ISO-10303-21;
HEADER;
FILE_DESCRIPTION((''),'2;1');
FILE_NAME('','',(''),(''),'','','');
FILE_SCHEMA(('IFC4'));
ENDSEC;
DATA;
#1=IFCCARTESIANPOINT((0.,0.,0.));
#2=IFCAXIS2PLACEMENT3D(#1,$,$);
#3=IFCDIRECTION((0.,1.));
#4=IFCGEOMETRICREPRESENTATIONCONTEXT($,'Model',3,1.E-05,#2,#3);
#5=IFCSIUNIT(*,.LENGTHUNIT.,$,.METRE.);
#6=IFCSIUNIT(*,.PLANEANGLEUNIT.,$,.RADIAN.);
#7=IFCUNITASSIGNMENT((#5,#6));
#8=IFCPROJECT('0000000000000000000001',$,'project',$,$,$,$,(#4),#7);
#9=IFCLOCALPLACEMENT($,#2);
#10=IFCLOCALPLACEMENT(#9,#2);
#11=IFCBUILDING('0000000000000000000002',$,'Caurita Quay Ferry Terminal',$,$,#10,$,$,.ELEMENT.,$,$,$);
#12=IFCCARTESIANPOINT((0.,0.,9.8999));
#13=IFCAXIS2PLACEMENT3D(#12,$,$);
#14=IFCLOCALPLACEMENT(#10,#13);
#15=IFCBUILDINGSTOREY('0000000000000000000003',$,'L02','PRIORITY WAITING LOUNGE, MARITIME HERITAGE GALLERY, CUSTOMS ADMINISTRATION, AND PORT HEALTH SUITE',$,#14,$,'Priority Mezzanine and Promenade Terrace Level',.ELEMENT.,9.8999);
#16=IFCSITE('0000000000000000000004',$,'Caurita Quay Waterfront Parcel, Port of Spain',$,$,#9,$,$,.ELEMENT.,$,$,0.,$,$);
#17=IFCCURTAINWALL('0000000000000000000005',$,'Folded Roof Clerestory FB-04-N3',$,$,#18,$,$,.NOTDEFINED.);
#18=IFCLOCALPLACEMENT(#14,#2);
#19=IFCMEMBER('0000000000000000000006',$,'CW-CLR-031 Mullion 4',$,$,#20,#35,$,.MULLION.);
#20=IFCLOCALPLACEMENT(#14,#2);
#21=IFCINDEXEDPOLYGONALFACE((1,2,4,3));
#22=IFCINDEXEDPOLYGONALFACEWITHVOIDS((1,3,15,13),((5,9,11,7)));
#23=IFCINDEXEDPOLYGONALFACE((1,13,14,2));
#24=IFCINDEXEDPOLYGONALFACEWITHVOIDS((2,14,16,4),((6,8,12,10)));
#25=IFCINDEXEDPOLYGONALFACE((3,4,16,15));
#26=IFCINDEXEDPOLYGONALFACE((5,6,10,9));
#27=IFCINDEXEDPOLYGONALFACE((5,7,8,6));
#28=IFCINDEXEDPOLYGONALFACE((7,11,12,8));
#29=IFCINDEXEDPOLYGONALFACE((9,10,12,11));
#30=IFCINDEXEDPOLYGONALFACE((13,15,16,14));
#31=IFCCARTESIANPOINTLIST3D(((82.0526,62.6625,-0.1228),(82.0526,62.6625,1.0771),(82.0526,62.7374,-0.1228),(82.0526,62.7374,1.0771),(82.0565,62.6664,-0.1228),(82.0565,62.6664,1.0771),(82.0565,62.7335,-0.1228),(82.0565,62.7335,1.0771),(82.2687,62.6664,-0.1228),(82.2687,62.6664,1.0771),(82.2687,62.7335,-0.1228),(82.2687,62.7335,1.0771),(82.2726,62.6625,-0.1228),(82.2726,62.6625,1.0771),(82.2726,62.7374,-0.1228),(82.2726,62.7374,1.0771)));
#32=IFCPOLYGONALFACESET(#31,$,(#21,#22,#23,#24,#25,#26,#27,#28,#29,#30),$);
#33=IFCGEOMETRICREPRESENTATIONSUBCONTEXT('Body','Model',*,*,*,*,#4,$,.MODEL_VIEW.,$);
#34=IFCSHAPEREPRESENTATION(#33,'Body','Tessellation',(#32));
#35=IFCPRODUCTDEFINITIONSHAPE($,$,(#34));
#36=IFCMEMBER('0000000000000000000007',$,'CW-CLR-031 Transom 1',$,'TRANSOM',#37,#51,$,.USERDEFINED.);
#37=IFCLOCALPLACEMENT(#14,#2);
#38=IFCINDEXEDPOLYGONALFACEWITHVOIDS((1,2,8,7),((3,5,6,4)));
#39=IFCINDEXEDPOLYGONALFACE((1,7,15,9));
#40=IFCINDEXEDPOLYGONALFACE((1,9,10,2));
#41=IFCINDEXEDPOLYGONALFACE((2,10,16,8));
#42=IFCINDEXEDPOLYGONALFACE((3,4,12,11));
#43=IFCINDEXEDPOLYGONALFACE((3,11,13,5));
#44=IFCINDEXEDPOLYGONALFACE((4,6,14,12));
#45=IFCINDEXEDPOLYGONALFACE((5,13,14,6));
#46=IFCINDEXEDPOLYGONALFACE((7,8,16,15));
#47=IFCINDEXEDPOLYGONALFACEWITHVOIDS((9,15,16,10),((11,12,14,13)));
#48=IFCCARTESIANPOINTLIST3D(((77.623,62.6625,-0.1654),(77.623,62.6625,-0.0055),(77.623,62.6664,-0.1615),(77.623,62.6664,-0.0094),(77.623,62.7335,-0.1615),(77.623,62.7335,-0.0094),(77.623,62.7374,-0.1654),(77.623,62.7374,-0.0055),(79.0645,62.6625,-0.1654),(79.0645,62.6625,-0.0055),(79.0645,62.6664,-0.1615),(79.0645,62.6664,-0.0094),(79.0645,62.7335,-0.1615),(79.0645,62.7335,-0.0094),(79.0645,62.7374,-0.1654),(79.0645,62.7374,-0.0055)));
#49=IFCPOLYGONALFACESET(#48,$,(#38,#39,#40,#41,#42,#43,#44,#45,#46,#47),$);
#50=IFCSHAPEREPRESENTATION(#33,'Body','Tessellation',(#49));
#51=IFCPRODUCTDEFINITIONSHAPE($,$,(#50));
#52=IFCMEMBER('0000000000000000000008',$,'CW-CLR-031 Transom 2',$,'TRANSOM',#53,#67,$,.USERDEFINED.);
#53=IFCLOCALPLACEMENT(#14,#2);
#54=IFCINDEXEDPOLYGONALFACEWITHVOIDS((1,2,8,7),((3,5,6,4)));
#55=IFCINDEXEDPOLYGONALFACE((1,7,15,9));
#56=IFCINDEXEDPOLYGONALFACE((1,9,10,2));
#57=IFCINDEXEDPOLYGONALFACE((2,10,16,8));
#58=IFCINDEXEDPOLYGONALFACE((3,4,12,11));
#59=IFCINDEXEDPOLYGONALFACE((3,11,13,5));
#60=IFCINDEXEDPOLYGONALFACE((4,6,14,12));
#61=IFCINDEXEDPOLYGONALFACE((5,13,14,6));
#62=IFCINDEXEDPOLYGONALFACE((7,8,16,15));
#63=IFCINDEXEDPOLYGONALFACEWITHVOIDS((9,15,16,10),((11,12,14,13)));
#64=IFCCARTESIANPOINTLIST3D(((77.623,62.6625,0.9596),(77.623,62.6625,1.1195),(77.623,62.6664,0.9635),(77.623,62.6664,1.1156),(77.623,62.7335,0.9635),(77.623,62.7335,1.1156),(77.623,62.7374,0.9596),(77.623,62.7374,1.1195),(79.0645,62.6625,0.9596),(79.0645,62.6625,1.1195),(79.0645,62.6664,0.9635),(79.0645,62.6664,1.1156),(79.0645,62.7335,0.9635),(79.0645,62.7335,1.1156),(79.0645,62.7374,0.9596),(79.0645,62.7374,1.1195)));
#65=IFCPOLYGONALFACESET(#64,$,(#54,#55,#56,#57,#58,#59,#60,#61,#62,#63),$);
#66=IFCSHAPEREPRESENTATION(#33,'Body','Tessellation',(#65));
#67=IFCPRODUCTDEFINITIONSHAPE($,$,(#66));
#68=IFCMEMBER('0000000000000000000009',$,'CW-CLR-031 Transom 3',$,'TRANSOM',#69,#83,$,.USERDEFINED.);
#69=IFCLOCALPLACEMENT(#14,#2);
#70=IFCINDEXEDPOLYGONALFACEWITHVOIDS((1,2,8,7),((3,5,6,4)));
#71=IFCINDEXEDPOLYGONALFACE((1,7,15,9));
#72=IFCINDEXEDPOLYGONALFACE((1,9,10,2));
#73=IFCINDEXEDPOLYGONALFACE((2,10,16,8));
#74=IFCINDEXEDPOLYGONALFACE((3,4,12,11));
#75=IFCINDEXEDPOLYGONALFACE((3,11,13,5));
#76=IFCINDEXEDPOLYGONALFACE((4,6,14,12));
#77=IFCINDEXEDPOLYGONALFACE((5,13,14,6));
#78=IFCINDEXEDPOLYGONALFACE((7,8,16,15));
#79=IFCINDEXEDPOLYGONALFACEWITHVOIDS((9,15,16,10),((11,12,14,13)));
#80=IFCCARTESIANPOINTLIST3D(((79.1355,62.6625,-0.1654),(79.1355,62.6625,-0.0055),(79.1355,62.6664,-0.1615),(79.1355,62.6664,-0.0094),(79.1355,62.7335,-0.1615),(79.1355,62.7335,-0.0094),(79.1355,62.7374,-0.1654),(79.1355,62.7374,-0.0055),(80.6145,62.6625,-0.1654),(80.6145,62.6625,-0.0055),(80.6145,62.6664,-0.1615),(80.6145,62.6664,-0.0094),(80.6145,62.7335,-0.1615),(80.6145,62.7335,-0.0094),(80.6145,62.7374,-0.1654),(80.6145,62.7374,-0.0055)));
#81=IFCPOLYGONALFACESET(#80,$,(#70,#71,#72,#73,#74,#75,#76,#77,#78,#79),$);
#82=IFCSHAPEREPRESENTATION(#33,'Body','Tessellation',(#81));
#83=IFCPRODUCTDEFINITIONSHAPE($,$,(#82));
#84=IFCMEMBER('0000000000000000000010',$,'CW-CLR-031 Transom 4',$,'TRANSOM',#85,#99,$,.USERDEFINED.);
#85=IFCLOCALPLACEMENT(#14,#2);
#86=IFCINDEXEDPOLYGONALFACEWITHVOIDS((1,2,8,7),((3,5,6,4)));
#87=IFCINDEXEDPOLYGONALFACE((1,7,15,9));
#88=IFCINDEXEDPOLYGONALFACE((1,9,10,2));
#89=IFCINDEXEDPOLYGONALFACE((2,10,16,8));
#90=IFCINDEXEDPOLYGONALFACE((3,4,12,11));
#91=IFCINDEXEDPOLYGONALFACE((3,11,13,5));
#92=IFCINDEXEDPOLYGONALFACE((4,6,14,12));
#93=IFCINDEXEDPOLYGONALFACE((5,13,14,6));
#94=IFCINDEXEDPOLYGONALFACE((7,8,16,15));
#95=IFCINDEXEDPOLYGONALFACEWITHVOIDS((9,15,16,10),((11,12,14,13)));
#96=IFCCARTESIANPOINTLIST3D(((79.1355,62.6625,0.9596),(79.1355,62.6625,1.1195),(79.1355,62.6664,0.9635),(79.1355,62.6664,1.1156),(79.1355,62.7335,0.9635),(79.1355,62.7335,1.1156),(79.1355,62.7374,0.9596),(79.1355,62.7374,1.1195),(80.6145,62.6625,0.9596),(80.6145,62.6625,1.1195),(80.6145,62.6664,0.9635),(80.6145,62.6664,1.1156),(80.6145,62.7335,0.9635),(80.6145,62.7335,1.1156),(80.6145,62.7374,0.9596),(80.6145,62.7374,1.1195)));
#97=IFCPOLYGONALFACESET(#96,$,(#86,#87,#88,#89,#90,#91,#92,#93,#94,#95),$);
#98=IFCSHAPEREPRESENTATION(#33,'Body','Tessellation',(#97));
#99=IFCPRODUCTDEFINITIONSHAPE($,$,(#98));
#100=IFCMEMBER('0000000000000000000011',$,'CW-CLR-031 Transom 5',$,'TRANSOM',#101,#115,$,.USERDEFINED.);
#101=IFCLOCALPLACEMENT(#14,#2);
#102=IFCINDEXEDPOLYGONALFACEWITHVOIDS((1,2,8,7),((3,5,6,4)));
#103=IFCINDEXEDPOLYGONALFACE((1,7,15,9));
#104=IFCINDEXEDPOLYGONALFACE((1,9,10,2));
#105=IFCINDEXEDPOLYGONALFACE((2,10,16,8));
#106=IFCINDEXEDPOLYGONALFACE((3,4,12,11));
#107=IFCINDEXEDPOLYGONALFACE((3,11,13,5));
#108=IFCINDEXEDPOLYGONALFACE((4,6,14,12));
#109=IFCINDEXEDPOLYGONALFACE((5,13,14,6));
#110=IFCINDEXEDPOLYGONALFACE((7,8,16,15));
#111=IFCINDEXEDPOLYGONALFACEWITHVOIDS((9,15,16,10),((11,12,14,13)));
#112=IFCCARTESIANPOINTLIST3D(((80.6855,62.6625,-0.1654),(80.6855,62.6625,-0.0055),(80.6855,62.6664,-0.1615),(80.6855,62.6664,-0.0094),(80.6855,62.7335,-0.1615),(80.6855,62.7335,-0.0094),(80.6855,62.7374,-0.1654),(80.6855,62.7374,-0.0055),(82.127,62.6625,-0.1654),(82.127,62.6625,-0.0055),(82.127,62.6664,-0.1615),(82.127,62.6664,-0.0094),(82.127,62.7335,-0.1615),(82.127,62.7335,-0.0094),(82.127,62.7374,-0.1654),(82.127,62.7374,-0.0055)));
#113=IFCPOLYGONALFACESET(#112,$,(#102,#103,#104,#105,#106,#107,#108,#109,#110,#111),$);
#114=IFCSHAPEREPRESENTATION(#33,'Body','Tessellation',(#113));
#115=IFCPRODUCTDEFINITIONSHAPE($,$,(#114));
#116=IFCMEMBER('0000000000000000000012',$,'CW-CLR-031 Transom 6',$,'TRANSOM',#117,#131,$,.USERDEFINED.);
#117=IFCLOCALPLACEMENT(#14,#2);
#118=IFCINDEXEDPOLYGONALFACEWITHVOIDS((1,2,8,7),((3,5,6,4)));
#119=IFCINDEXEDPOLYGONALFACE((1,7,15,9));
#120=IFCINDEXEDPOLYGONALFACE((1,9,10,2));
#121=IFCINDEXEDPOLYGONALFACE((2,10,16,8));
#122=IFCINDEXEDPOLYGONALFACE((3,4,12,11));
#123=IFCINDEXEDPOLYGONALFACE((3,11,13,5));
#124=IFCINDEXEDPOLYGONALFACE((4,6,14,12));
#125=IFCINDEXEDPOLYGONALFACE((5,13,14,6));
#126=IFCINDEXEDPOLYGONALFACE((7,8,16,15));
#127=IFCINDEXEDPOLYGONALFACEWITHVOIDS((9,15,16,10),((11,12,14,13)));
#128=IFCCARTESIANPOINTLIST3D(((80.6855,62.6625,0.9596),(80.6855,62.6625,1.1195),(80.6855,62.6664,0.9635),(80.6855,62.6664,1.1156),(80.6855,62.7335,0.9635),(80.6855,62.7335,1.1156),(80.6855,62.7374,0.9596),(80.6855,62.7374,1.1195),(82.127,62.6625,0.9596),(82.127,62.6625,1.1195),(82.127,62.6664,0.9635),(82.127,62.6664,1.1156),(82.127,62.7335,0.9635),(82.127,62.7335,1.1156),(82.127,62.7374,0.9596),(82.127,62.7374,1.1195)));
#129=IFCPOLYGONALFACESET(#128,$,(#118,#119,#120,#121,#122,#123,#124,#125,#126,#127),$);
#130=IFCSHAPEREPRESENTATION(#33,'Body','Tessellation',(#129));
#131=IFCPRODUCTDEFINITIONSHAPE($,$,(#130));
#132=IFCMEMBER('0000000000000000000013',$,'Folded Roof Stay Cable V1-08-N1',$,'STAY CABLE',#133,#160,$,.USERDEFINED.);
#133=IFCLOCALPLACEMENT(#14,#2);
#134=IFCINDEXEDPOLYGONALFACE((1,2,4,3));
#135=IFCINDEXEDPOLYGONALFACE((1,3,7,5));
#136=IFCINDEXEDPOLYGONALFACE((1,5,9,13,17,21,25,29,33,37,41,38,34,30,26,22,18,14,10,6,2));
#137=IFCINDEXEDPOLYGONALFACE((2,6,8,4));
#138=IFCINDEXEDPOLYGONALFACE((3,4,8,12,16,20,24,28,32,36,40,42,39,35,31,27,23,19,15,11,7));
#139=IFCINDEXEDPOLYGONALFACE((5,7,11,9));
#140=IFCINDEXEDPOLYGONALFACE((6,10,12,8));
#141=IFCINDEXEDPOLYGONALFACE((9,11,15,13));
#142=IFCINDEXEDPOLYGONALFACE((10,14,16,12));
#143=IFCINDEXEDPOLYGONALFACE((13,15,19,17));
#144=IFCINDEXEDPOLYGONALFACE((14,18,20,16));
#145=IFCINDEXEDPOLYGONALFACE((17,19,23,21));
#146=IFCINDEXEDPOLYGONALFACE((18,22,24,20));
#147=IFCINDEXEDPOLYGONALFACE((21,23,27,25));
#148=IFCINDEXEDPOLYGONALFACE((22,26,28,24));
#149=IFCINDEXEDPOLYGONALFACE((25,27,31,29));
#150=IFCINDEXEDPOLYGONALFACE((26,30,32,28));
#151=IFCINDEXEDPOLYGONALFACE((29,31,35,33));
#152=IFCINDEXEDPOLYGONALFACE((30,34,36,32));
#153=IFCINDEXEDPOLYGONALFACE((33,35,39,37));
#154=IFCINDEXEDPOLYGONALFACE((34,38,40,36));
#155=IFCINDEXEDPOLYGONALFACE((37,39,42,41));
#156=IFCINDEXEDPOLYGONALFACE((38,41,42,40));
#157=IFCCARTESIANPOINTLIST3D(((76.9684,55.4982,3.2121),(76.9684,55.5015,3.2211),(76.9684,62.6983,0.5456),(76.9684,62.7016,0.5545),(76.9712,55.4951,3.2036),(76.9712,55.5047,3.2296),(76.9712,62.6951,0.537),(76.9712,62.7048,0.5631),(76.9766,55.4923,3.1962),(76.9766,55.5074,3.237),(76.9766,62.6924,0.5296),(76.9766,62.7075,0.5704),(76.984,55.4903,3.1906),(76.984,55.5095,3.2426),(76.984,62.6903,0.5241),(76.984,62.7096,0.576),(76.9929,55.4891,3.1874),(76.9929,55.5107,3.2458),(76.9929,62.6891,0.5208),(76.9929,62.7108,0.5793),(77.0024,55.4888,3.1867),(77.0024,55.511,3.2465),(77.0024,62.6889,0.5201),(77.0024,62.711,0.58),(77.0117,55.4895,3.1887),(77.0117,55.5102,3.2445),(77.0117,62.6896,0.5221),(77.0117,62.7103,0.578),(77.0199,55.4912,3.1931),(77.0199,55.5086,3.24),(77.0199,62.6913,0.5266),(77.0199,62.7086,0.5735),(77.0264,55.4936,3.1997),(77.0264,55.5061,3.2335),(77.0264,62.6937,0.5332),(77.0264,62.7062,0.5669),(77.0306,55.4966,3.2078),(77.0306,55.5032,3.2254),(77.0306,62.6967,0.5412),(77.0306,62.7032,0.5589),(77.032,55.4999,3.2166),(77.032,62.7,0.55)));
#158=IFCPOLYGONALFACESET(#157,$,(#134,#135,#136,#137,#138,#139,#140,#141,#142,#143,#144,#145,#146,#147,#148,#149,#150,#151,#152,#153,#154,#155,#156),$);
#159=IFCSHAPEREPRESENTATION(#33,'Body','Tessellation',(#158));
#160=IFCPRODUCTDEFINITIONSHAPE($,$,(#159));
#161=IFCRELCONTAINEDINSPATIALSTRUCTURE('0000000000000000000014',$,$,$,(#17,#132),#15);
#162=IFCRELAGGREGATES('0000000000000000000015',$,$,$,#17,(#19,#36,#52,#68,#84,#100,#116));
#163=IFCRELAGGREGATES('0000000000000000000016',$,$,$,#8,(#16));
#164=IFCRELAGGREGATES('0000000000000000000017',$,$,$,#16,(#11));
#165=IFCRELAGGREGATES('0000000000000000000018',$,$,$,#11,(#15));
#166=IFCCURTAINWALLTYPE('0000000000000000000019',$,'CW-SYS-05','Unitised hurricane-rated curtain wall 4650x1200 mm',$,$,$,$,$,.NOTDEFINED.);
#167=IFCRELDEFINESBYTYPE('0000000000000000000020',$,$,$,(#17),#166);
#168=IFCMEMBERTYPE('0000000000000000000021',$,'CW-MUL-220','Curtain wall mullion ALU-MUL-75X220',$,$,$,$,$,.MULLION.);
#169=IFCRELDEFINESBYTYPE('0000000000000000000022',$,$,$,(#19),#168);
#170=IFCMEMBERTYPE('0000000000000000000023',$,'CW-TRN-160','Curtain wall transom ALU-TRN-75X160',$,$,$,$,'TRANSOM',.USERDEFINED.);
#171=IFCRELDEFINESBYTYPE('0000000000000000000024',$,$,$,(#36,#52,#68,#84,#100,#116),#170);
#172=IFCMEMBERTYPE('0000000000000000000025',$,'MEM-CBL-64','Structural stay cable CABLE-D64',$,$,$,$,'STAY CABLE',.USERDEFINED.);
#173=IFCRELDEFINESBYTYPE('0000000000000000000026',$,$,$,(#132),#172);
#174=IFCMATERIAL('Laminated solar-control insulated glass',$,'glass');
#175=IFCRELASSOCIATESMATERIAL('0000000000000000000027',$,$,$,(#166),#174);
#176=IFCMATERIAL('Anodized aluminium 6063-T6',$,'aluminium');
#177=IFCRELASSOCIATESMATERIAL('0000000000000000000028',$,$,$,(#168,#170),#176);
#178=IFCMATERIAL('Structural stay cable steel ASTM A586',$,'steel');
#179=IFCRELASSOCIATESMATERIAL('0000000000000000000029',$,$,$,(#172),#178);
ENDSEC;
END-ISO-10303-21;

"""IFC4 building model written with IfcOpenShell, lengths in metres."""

from ifc_helpers import new_model, si_unit, direction, frame, origin, origin_2d, place, context, subcontext, project, spatial, hollow_rectangle, circle, extrude, material, material_profile, profile_set, type_object, element, aggregate, save


model = new_model("IFC4")

# Units and contexts
model_context = context("Model", 3, precision=1e-05, world=origin(), true_north=direction((0.0, 1.0)))
body_context = subcontext(model_context, "Body", "Model", "MODEL_VIEW")
ifc_project = project(units=[si_unit("LENGTHUNIT", "METRE"), si_unit("PLANEANGLEUNIT", "RADIAN")], contexts=[model_context])

# Site, building, storey
site_placement = place(None, origin())
site = spatial("IfcSite", under=ifc_project, at=site_placement, Name="Caurita Quay Waterfront Parcel, Port of Spain", CompositionType="ELEMENT", RefElevation=0.0)
building_placement = place(site_placement, origin())
building = spatial("IfcBuilding", under=site, at=building_placement, Name="Caurita Quay Ferry Terminal", CompositionType="ELEMENT")
storey_placement = place(building_placement, frame((0.0, 0.0, 9.8999)))
storey = spatial("IfcBuildingStorey", under=building, at=storey_placement, Name="L02", Description="PRIORITY WAITING LOUNGE, MARITIME HERITAGE GALLERY, CUSTOMS ADMINISTRATION, AND PORT HEALTH SUITE", LongName="Priority Mezzanine and Promenade Terrace Level", CompositionType="ELEMENT", Elevation=9.8999)

# Curtain wall, members
ifc_material_1 = material(Name="Laminated solar-control insulated glass", Category="glass")
curtain_wall_type = type_object("IfcCurtainWallType", Name="CW-SYS-05", Description="Unitised hurricane-rated curtain wall 4650x1200 mm", PredefinedType="NOTDEFINED", material=ifc_material_1)
curtain_wall_placement = place(storey_placement, origin())
curtain_wall = element("IfcCurtainWall", 1, at=curtain_wall_placement, inside=storey, type_object=curtain_wall_type, Name="Folded Roof Clerestory FB-04-N3", PredefinedType="NOTDEFINED")
ifc_material_2 = material(Name="Anodized aluminium 6063-T6", Category="aluminium")
ifc_material_profile_1 = material_profile(ifc_material_2, hollow_rectangle(XDim=0.075, YDim=0.22, WallThickness=0.0039, at=origin_2d()), Name="ALU-MUL-75X220")
ifc_profile_set_1 = profile_set([ifc_material_profile_1], Name="Anodized aluminium 6063-T6")
member_type_1 = type_object("IfcMemberType", Name="CW-MUL-220", Description="Curtain wall mullion ALU-MUL-75X220", PredefinedType="MULLION", material=ifc_profile_set_1)
member_1_placement = place(storey_placement, frame((82.1626, 62.7, -0.1228), z_axis=(0.0, 0.0, 1.0), x_axis=(0.0, 1.0, 0.0)))
member_1 = element("IfcMember", 2, at=member_1_placement, type_object=member_type_1, Name="CW-CLR-031 Mullion 4", PredefinedType="MULLION", context=body_context, shape_type="SweptSolid", body=[
    extrude(hollow_rectangle(XDim=0.075, YDim=0.22, WallThickness=0.0039, at=origin_2d()), origin(), (0.0, 0.0, 1.0), 1.2),
])
ifc_material_profile_2 = material_profile(ifc_material_2, hollow_rectangle(XDim=0.075, YDim=0.1599, WallThickness=0.0039, at=origin_2d()), Name="ALU-TRN-75X160")
ifc_profile_set_2 = profile_set([ifc_material_profile_2], Name="Anodized aluminium 6063-T6")
member_type_2 = type_object("IfcMemberType", Name="CW-TRN-160", Description="Curtain wall transom ALU-TRN-75X160", ElementType="TRANSOM", PredefinedType="USERDEFINED", material=ifc_profile_set_2)
member_2_placement = place(storey_placement, frame((77.623, 62.7, -0.0854), z_axis=(1.0, 0.0, 0.0), x_axis=(0.0, 1.0, 0.0)))
member_2 = element("IfcMember", 3, at=member_2_placement, type_object=member_type_2, Name="CW-CLR-031 Transom 1", ObjectType="TRANSOM", PredefinedType="USERDEFINED", context=body_context, shape_type="SweptSolid", body=[
    extrude(hollow_rectangle(XDim=0.075, YDim=0.1599, WallThickness=0.0039, at=origin_2d()), origin(), (0.0, 0.0, 1.0), 1.4414),
])
member_3_placement = place(storey_placement, frame((77.623, 62.7, 1.0396), z_axis=(1.0, 0.0, 0.0), x_axis=(0.0, 1.0, 0.0)))
member_3 = element("IfcMember", 4, at=member_3_placement, type_object=member_type_2, Name="CW-CLR-031 Transom 2", ObjectType="TRANSOM", PredefinedType="USERDEFINED", context=body_context, shape_type="SweptSolid", body=[
    extrude(hollow_rectangle(XDim=0.075, YDim=0.1599, WallThickness=0.0039, at=origin_2d()), origin(), (0.0, 0.0, 1.0), 1.4414),
])
member_4_placement = place(storey_placement, frame((79.1355, 62.7, -0.0854), z_axis=(1.0, 0.0, 0.0), x_axis=(0.0, 1.0, 0.0)))
member_4 = element("IfcMember", 5, at=member_4_placement, type_object=member_type_2, Name="CW-CLR-031 Transom 3", ObjectType="TRANSOM", PredefinedType="USERDEFINED", context=body_context, shape_type="SweptSolid", body=[
    extrude(hollow_rectangle(XDim=0.075, YDim=0.1599, WallThickness=0.0039, at=origin_2d()), origin(), (0.0, 0.0, 1.0), 1.479),
])
member_5_placement = place(storey_placement, frame((79.1355, 62.7, 1.0396), z_axis=(1.0, 0.0, 0.0), x_axis=(0.0, 1.0, 0.0)))
member_5 = element("IfcMember", 6, at=member_5_placement, type_object=member_type_2, Name="CW-CLR-031 Transom 4", ObjectType="TRANSOM", PredefinedType="USERDEFINED", context=body_context, shape_type="SweptSolid", body=[
    extrude(hollow_rectangle(XDim=0.075, YDim=0.1599, WallThickness=0.0039, at=origin_2d()), origin(), (0.0, 0.0, 1.0), 1.479),
])
member_6_placement = place(storey_placement, frame((80.6855, 62.7, -0.0854), z_axis=(1.0, 0.0, 0.0), x_axis=(0.0, 1.0, 0.0)))
member_6 = element("IfcMember", 7, at=member_6_placement, type_object=member_type_2, Name="CW-CLR-031 Transom 5", ObjectType="TRANSOM", PredefinedType="USERDEFINED", context=body_context, shape_type="SweptSolid", body=[
    extrude(hollow_rectangle(XDim=0.075, YDim=0.1599, WallThickness=0.0039, at=origin_2d()), origin(), (0.0, 0.0, 1.0), 1.4414),
])
member_7_placement = place(storey_placement, frame((80.6855, 62.7, 1.0396), z_axis=(1.0, 0.0, 0.0), x_axis=(0.0, 1.0, 0.0)))
member_7 = element("IfcMember", 8, at=member_7_placement, type_object=member_type_2, Name="CW-CLR-031 Transom 6", ObjectType="TRANSOM", PredefinedType="USERDEFINED", context=body_context, shape_type="SweptSolid", body=[
    extrude(hollow_rectangle(XDim=0.075, YDim=0.1599, WallThickness=0.0039, at=origin_2d()), origin(), (0.0, 0.0, 1.0), 1.4414),
])

# Member
ifc_material_3 = material(Name="Structural stay cable steel ASTM A586", Category="steel")
ifc_material_profile_3 = material_profile(ifc_material_3, circle(Radius=0.032, at=origin_2d()), Name="CABLE-D64")
ifc_profile_set_3 = profile_set([ifc_material_profile_3], Name="Structural stay cable steel ASTM A586")
member_type_3 = type_object("IfcMemberType", Name="MEM-CBL-64", Description="Structural stay cable CABLE-D64", ElementType="STAY CABLE", PredefinedType="USERDEFINED", material=ifc_profile_set_3)
member_8_placement = place(storey_placement, frame((77.0, 62.7, 0.55), z_axis=(0.0, -0.937755, 0.347298), x_axis=(1.0, 0.0, 0.0)))
element("IfcMember", 9, at=member_8_placement, inside=storey, type_object=member_type_3, Name="Folded Roof Stay Cable V1-08-N1", ObjectType="STAY CABLE", PredefinedType="USERDEFINED", context=body_context, shape_type="SweptSolid", body=[
    extrude(circle(Radius=0.032, at=origin_2d()), origin(), (0.0, 0.0, 1.0), 7.678),
])

aggregate(curtain_wall, [member_1, member_2, member_3, member_4, member_5, member_6, member_7])

save(model, "model.ifc")
